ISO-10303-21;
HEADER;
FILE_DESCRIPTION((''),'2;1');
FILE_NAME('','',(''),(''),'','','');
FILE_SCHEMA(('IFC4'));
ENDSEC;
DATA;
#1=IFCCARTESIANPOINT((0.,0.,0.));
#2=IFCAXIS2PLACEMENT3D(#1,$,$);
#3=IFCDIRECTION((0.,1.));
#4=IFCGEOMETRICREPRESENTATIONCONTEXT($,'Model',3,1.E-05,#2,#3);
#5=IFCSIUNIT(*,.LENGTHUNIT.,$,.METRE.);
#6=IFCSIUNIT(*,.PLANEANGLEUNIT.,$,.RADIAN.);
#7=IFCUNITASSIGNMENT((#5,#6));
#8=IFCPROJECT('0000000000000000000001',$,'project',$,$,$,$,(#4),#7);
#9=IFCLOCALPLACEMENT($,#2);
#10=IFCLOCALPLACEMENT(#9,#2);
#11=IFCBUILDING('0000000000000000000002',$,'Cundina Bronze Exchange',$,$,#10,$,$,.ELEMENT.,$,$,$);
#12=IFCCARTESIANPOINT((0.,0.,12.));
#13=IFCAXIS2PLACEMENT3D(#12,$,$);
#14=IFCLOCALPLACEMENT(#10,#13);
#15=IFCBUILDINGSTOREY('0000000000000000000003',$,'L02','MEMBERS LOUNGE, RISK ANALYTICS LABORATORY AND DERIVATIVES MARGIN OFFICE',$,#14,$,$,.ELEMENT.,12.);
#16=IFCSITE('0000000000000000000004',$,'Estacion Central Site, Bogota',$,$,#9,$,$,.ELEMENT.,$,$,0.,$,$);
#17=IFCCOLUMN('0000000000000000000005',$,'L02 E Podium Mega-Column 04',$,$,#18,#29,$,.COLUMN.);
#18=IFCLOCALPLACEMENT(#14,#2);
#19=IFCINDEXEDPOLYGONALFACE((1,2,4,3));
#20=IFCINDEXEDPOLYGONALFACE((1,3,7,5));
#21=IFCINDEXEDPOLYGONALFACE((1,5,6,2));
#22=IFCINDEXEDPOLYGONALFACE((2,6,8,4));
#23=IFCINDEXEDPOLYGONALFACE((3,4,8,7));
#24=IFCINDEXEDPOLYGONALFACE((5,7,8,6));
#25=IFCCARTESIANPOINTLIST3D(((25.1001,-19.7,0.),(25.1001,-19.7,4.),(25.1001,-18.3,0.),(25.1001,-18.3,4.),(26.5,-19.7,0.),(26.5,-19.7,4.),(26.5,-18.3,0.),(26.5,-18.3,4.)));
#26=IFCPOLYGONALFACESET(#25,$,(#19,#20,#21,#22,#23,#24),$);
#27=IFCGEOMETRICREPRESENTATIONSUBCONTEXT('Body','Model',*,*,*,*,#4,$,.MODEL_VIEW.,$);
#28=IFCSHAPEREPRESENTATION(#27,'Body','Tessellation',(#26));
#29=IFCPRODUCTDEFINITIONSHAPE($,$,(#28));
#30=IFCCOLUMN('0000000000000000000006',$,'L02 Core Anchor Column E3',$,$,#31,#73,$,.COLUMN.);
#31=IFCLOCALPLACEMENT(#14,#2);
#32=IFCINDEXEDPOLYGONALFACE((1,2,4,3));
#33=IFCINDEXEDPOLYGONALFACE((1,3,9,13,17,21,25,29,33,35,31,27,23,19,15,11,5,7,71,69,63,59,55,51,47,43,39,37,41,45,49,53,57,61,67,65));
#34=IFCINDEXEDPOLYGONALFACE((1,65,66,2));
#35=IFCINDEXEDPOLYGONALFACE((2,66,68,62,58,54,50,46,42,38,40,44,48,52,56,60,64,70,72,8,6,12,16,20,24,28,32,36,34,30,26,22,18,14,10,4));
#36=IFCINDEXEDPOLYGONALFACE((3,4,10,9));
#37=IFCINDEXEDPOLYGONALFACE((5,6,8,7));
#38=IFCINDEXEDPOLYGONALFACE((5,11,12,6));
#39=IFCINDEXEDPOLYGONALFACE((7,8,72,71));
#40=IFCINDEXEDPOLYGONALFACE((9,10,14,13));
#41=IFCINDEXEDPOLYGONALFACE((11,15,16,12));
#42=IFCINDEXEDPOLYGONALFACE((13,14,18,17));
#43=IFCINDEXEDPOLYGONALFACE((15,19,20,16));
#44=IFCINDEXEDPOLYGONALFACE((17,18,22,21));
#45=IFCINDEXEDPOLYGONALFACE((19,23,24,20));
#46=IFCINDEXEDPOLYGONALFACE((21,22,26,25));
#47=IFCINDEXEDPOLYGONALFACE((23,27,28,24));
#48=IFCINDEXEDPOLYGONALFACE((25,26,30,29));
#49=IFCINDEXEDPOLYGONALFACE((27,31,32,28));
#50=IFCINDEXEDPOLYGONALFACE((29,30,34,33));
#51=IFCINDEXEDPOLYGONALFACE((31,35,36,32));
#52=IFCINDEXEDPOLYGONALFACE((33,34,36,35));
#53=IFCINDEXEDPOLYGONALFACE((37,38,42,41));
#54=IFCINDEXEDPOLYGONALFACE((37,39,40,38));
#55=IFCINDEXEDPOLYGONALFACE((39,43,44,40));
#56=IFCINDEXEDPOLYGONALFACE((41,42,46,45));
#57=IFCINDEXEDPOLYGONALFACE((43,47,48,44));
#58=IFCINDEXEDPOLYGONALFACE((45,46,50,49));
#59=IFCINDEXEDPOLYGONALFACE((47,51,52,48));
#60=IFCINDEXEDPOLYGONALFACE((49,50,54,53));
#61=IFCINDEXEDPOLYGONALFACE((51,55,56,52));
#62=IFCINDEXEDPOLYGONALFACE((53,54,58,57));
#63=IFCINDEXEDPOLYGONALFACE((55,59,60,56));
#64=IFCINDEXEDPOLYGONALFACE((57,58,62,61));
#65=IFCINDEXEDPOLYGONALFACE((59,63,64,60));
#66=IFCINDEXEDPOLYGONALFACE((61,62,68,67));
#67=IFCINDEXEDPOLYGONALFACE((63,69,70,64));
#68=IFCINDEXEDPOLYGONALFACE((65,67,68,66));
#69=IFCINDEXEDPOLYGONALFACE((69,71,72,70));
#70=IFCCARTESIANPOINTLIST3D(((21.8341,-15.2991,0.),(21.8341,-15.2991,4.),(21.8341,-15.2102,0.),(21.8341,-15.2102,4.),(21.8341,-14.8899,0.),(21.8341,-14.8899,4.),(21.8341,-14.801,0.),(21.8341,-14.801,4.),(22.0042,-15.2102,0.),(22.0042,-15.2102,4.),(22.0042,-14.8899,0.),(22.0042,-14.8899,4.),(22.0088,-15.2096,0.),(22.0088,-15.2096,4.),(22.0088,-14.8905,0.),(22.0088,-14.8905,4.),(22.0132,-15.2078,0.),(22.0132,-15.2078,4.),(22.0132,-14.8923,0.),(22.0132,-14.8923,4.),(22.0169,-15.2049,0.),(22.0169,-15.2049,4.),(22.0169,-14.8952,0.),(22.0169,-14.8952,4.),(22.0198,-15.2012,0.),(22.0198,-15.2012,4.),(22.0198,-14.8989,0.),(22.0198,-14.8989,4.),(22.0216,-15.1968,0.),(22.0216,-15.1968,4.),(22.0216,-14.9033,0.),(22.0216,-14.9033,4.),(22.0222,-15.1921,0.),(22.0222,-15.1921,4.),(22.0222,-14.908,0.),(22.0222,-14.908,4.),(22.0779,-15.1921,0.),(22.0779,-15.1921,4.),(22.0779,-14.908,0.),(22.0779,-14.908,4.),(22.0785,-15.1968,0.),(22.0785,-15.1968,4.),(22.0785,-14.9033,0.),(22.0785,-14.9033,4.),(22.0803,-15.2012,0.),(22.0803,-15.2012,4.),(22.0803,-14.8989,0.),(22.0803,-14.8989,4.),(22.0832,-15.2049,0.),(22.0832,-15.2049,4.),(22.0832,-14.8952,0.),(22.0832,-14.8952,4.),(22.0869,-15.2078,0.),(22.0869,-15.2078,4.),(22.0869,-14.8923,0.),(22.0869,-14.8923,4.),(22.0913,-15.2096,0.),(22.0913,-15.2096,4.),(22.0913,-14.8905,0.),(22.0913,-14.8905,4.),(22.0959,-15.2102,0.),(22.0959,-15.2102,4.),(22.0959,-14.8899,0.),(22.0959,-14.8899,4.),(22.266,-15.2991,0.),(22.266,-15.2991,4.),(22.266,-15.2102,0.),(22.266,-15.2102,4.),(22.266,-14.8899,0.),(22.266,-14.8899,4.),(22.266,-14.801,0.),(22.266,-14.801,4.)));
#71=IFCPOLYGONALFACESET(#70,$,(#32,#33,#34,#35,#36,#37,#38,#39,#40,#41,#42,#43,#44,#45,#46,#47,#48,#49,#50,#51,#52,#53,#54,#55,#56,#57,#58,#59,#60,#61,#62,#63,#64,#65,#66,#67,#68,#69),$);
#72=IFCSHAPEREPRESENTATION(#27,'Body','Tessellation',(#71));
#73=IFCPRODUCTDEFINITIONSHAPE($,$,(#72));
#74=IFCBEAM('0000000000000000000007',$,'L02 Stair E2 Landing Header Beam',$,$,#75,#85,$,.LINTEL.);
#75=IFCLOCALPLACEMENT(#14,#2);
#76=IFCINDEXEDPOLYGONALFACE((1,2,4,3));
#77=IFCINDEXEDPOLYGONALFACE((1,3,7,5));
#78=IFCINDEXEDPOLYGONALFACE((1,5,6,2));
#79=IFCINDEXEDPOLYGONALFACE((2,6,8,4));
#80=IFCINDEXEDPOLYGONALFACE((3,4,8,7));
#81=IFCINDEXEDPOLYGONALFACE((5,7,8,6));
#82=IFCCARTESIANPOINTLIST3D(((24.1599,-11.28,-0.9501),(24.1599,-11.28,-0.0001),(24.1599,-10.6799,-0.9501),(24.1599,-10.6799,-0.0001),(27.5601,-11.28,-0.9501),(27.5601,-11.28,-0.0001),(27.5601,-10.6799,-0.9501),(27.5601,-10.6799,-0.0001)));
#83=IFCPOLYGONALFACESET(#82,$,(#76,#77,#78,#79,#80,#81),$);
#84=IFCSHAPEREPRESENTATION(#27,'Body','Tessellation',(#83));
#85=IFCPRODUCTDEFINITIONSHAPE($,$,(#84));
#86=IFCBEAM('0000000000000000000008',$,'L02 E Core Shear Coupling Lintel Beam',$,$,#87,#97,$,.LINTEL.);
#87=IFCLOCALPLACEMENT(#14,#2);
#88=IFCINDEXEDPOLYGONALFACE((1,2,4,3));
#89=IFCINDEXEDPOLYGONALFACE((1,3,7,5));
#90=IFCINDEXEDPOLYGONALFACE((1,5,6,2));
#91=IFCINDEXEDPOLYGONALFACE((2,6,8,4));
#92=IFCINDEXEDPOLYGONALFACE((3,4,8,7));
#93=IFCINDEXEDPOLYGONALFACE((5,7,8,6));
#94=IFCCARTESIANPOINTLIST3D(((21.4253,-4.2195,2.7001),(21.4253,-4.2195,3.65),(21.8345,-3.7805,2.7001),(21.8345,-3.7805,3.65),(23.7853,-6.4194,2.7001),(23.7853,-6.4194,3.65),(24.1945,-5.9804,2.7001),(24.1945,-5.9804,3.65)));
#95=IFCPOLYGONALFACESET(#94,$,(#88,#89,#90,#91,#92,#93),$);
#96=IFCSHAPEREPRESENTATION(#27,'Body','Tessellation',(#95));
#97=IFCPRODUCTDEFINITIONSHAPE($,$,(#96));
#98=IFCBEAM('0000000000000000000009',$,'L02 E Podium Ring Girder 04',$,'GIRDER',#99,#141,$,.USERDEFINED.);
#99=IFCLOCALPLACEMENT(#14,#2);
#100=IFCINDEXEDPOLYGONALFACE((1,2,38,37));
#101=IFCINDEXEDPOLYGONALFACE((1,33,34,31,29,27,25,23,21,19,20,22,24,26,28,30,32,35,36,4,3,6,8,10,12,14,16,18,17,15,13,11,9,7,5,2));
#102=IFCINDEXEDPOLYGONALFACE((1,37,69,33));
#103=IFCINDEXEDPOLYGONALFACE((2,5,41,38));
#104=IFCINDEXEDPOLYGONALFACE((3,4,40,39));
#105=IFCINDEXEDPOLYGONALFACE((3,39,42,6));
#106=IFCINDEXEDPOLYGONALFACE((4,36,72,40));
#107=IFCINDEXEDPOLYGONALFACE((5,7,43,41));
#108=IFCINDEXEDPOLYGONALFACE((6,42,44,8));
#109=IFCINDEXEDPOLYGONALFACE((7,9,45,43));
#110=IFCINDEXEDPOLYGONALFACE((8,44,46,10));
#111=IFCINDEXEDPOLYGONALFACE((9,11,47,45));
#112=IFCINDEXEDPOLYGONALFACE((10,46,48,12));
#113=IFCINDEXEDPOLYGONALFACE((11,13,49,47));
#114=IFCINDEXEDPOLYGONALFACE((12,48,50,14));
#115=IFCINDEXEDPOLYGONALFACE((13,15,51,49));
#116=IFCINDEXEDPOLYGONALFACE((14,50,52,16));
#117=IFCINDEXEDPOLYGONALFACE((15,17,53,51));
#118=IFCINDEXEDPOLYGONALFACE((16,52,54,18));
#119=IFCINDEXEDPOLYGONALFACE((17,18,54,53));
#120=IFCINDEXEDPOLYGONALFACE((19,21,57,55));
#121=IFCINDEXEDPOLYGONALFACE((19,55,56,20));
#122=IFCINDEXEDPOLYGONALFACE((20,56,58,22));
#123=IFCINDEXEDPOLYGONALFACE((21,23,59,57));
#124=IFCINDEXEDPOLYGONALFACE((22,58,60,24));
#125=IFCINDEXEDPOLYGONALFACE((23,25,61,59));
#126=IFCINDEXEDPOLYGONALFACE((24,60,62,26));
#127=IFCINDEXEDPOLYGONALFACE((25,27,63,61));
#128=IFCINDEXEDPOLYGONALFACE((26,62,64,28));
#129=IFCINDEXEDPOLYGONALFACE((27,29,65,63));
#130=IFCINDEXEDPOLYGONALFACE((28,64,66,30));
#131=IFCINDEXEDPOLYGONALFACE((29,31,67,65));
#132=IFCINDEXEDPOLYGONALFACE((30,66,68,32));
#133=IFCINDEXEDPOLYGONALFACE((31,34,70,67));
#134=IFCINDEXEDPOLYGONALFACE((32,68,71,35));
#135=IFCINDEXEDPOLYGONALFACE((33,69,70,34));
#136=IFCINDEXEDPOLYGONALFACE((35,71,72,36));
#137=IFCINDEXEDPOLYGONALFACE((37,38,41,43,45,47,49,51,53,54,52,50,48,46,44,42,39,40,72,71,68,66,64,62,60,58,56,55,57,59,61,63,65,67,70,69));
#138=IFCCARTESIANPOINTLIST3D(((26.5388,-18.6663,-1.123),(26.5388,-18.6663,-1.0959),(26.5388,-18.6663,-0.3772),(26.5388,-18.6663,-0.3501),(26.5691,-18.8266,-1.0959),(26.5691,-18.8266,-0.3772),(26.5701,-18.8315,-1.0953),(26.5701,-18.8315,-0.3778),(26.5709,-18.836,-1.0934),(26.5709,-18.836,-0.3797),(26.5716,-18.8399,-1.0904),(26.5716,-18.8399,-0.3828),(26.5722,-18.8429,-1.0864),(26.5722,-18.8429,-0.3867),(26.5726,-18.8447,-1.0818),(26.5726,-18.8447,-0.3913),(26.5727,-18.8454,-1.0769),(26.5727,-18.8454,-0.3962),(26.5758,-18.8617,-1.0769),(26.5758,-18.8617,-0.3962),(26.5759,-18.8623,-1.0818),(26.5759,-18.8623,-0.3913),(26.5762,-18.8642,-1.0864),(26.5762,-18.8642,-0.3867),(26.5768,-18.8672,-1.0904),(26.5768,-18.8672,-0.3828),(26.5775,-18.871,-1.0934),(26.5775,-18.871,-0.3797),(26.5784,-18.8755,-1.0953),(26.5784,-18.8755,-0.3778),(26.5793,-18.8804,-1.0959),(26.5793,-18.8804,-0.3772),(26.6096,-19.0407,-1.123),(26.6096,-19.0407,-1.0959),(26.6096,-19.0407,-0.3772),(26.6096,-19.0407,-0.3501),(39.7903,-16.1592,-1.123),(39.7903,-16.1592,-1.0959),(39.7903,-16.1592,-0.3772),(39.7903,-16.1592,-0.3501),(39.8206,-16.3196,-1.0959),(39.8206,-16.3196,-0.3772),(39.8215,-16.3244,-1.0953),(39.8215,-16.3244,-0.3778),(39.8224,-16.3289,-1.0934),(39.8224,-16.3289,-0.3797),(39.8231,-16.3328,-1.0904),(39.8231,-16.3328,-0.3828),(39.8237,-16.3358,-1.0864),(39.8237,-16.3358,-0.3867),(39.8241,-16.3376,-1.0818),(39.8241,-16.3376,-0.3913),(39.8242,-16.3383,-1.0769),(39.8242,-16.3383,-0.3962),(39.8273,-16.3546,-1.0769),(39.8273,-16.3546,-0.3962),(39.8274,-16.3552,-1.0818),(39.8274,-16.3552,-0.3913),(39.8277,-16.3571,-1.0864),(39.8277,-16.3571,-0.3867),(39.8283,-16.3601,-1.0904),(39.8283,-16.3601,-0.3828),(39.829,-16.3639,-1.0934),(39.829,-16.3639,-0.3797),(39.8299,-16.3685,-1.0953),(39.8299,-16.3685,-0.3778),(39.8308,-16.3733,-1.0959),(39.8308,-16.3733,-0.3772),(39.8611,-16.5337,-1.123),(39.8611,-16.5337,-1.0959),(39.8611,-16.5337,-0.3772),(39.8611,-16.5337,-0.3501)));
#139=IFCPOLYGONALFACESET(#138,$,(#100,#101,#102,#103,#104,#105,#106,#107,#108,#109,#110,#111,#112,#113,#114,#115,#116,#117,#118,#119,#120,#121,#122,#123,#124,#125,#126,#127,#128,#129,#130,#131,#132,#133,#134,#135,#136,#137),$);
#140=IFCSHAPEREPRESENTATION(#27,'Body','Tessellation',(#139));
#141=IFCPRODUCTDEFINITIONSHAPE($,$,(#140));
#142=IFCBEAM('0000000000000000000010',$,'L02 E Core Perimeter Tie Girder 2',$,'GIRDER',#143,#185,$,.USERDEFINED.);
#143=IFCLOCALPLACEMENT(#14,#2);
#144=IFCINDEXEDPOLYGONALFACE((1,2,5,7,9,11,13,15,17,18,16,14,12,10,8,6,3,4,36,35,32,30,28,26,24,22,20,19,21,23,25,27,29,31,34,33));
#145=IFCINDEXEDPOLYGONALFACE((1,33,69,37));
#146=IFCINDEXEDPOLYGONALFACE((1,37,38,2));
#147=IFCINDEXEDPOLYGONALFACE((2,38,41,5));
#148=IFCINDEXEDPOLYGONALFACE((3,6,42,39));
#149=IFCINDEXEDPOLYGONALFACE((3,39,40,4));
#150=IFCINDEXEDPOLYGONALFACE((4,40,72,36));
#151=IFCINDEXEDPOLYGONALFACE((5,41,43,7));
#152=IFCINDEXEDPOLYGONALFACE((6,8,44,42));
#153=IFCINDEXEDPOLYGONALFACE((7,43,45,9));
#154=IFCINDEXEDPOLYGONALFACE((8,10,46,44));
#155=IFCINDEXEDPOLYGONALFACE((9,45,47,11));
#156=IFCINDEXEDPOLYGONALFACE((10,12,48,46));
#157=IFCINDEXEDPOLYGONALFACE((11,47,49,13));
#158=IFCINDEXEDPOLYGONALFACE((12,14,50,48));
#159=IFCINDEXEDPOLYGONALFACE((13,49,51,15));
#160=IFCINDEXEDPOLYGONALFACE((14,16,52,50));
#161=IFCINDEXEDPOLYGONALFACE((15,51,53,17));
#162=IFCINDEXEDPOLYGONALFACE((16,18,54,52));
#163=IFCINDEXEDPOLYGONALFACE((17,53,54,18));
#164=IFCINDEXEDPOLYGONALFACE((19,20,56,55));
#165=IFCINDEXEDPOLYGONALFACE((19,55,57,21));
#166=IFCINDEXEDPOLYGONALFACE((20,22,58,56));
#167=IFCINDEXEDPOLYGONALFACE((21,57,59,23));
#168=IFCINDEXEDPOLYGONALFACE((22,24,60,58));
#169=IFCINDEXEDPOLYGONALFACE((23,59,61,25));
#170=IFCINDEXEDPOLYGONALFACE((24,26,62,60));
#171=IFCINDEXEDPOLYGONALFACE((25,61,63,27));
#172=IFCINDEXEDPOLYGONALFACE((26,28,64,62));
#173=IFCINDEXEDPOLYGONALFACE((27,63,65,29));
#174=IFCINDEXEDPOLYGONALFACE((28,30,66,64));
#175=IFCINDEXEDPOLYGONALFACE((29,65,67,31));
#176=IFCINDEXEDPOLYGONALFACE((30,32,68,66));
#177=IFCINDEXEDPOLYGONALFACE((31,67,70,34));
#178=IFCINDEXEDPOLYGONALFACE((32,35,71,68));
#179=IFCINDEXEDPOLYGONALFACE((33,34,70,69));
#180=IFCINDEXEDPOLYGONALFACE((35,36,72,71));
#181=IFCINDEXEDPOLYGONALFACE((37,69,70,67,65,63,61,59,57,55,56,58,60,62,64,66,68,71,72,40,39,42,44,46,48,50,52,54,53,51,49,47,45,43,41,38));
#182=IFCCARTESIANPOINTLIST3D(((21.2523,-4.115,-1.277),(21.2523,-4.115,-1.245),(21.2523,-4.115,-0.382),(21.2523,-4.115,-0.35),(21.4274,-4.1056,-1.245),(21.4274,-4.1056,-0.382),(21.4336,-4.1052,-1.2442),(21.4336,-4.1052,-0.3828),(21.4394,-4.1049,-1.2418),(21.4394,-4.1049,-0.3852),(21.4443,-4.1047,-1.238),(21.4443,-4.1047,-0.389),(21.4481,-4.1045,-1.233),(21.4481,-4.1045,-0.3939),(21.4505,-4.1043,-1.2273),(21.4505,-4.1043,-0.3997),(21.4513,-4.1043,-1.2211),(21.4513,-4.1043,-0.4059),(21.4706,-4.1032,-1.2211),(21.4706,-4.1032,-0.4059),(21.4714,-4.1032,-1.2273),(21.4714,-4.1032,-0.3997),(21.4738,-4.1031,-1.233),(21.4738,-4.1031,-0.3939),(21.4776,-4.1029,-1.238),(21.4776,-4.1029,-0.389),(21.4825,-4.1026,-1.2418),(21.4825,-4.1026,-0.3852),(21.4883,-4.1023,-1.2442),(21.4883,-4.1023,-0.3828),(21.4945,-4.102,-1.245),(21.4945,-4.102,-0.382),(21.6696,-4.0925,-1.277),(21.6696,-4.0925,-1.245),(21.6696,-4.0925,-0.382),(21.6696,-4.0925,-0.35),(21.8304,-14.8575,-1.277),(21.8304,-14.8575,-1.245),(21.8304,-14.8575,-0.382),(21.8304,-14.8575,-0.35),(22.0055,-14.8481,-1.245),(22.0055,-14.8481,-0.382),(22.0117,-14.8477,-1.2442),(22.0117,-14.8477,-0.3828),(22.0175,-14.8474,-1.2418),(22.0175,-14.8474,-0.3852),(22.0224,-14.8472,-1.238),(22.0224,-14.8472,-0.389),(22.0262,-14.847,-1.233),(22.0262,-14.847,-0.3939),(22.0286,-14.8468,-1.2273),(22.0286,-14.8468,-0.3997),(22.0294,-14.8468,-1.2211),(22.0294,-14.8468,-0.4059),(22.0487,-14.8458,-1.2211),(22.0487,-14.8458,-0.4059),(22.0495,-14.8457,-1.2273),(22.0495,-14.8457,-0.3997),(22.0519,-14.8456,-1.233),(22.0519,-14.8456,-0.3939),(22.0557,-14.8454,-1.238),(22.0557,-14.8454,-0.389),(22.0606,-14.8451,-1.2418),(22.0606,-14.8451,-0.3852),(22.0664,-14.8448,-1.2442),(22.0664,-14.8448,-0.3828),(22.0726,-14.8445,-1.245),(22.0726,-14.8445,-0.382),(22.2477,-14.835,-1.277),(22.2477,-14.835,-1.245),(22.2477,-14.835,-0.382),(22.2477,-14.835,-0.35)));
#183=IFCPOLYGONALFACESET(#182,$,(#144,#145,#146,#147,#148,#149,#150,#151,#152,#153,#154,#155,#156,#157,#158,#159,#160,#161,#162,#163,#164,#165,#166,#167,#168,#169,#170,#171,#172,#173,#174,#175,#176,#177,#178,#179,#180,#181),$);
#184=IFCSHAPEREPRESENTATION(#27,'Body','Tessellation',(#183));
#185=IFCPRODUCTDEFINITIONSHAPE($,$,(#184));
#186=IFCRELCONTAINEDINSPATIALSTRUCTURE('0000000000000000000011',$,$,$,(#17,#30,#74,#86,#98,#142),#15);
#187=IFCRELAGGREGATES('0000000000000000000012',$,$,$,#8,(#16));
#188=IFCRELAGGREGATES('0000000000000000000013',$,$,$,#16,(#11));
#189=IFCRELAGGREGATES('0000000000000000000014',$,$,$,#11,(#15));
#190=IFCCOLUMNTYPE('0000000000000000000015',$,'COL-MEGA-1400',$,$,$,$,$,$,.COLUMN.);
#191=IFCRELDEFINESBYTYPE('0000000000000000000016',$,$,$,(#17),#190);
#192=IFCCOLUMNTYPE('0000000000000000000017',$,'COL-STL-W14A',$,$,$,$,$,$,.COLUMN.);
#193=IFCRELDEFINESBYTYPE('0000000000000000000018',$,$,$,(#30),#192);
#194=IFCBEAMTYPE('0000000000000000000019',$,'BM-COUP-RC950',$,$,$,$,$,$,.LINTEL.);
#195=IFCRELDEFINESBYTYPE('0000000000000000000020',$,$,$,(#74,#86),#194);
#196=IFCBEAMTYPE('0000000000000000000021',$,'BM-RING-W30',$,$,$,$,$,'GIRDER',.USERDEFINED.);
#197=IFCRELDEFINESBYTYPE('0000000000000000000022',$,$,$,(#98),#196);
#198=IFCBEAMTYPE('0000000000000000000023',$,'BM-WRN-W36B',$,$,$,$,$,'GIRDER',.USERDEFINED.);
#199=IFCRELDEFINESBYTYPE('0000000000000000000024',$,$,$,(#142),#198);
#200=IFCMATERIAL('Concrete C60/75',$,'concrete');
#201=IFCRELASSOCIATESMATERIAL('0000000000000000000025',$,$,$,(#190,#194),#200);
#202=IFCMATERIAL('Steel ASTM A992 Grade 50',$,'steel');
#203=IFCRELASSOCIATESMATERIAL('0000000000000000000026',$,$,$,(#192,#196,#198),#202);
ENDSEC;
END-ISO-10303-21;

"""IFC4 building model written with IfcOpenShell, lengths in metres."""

from ifc_helpers import new_model, si_unit, direction, frame, origin, origin_2d, place, context, subcontext, project, spatial, rectangle, i_section, extrude, material, material_profile, profile_set, type_object, element, save


model = new_model("IFC4")

# Units and contexts
model_context = context("Model", 3, precision=1e-05, world=origin(), true_north=direction((0.0, 1.0)))
body_context = subcontext(model_context, "Body", "Model", "MODEL_VIEW")
ifc_project = project(units=[si_unit("LENGTHUNIT", "METRE"), si_unit("PLANEANGLEUNIT", "RADIAN")], contexts=[model_context])

# Site, building, storey
site_placement = place(None, origin())
site = spatial("IfcSite", under=ifc_project, at=site_placement, Name="Estacion Central Site, Bogota", CompositionType="ELEMENT", RefElevation=0.0)
building_placement = place(site_placement, origin())
building = spatial("IfcBuilding", under=site, at=building_placement, Name="Cundina Bronze Exchange", CompositionType="ELEMENT")
storey_placement = place(building_placement, frame((0.0, 0.0, 12.0)))
storey = spatial("IfcBuildingStorey", under=building, at=storey_placement, Name="L02", Description="MEMBERS LOUNGE, RISK ANALYTICS LABORATORY AND DERIVATIVES MARGIN OFFICE", CompositionType="ELEMENT", Elevation=12.0)

# Columns
ifc_material_1 = material(Name="Concrete C60/75", Category="concrete")
ifc_material_profile_1 = material_profile(ifc_material_1, rectangle(XDim=1.3999, YDim=1.3999, at=origin_2d()), Name="RC1400X1400", Category="concrete")
ifc_profile_set_1 = profile_set([ifc_material_profile_1], Name="Concrete C60/75")
column_type_1 = type_object("IfcColumnType", Name="COL-MEGA-1400", PredefinedType="COLUMN", material=ifc_profile_set_1)
column_1_placement = place(storey_placement, frame((25.8, -19.0, 0.0), z_axis=(0.0, 0.0, 1.0), x_axis=(1.0, 0.0, 0.0)))
element("IfcColumn", 1, at=column_1_placement, inside=storey, type_object=column_type_1, Name="L02 E Podium Mega-Column 04", PredefinedType="COLUMN", context=body_context, shape_type="SweptSolid", body=[
    extrude(rectangle(XDim=1.3999, YDim=1.3999, at=origin_2d()), origin(), (0.0, 0.0, 1.0), 4.0),
])
ifc_material_2 = material(Name="Steel ASTM A992 Grade 50", Category="steel")
ifc_material_profile_2 = material_profile(ifc_material_2, i_section(OverallWidth=0.4319, OverallDepth=0.498, WebThickness=0.0557, FlangeThickness=0.0889, FilletRadius=0.0181, at=origin_2d()), Name="W14X500", Category="steel")
ifc_profile_set_2 = profile_set([ifc_material_profile_2], Name="Steel ASTM A992 Grade 50")
column_type_2 = type_object("IfcColumnType", Name="COL-STL-W14A", PredefinedType="COLUMN", material=ifc_profile_set_2)
column_2_placement = place(storey_placement, frame((22.05, -15.05, 0.0), z_axis=(0.0, 0.0, 1.0), x_axis=(1.0, 0.0, 0.0)))
element("IfcColumn", 2, at=column_2_placement, inside=storey, type_object=column_type_2, Name="L02 Core Anchor Column E3", PredefinedType="COLUMN", context=body_context, shape_type="SweptSolid", body=[
    extrude(i_section(OverallWidth=0.4319, OverallDepth=0.498, WebThickness=0.0557, FlangeThickness=0.0889, FilletRadius=0.0181, at=origin_2d()), origin(), (0.0, 0.0, 1.0), 4.0),
])

# Beams
ifc_material_profile_3 = material_profile(ifc_material_1, rectangle(XDim=0.6001, YDim=0.95, at=origin_2d()), Name="RC600X950", Category="concrete")
ifc_profile_set_3 = profile_set([ifc_material_profile_3], Name="Concrete C60/75")
beam_type_1 = type_object("IfcBeamType", Name="BM-COUP-RC950", PredefinedType="LINTEL", material=ifc_profile_set_3)
beam_1_placement = place(storey_placement, frame((24.1599, -10.98, -0.4751), z_axis=(1.0, 0.0, 0.0), x_axis=(0.0, 1.0, 0.0)))
element("IfcBeam", 3, at=beam_1_placement, inside=storey, type_object=beam_type_1, Name="L02 Stair E2 Landing Header Beam", PredefinedType="LINTEL", context=body_context, shape_type="SweptSolid", body=[
    extrude(rectangle(XDim=0.6001, YDim=0.95, at=origin_2d()), origin(), (0.0, 0.0, 1.0), 3.4001),
])
beam_2_placement = place(storey_placement, frame((21.6299, -4.0, 3.175), z_axis=(0.73149, -0.681852, 0.0), x_axis=(0.681852, 0.73149, 0.0)))
element("IfcBeam", 4, at=beam_2_placement, inside=storey, type_object=beam_type_1, Name="L02 E Core Shear Coupling Lintel Beam", PredefinedType="LINTEL", context=body_context, shape_type="SweptSolid", body=[
    extrude(rectangle(XDim=0.6001, YDim=0.95, at=origin_2d()), origin(), (0.0, 0.0, 1.0), 3.2263),
])
ifc_material_profile_4 = material_profile(ifc_material_2, i_section(OverallWidth=0.3811, OverallDepth=0.7729, WebThickness=0.0166, FlangeThickness=0.0271, FilletRadius=0.019, at=origin_2d()), Name="W30X173", Category="steel")
ifc_profile_set_4 = profile_set([ifc_material_profile_4], Name="Steel ASTM A992 Grade 50")
beam_type_2 = type_object("IfcBeamType", Name="BM-RING-W30", ElementType="GIRDER", PredefinedType="USERDEFINED", material=ifc_profile_set_4)
beam_3_placement = place(storey_placement, frame((26.5742, -18.8535, -0.7366), z_axis=(0.98257, 0.185895, 0.0), x_axis=(-0.185895, 0.98257, 0.0)))
element("IfcBeam", 5, at=beam_3_placement, inside=storey, type_object=beam_type_2, Name="L02 E Podium Ring Girder 04", ObjectType="GIRDER", PredefinedType="USERDEFINED", context=body_context, shape_type="SweptSolid", body=[
    extrude(i_section(OverallWidth=0.3811, OverallDepth=0.7729, WebThickness=0.0166, FlangeThickness=0.0271, FilletRadius=0.019, at=origin_2d()), origin(), (0.0, 0.0, 1.0), 13.4866),
])
ifc_material_profile_5 = material_profile(ifc_material_2, i_section(OverallWidth=0.418, OverallDepth=0.927, WebThickness=0.0193, FlangeThickness=0.032, FilletRadius=0.0239, at=origin_2d()), Name="W36X231", Category="steel")
ifc_profile_set_5 = profile_set([ifc_material_profile_5], Name="Steel ASTM A992 Grade 50")
beam_type_3 = type_object("IfcBeamType", Name="BM-WRN-W36B", ElementType="GIRDER", PredefinedType="USERDEFINED", material=ifc_profile_set_5)
beam_4_placement = place(storey_placement, frame((21.4609, -4.1038, -0.8135), z_axis=(0.053739, -0.998555, 0.0), x_axis=(0.998555, 0.053739, 0.0)))
element("IfcBeam", 6, at=beam_4_placement, inside=storey, type_object=beam_type_3, Name="L02 E Core Perimeter Tie Girder 2", ObjectType="GIRDER", PredefinedType="USERDEFINED", context=body_context, shape_type="SweptSolid", body=[
    extrude(i_section(OverallWidth=0.418, OverallDepth=0.927, WebThickness=0.0193, FlangeThickness=0.032, FilletRadius=0.0239, at=origin_2d()), origin(), (0.0, 0.0, 1.0), 10.7581),
])

save(model, "model.ifc")
